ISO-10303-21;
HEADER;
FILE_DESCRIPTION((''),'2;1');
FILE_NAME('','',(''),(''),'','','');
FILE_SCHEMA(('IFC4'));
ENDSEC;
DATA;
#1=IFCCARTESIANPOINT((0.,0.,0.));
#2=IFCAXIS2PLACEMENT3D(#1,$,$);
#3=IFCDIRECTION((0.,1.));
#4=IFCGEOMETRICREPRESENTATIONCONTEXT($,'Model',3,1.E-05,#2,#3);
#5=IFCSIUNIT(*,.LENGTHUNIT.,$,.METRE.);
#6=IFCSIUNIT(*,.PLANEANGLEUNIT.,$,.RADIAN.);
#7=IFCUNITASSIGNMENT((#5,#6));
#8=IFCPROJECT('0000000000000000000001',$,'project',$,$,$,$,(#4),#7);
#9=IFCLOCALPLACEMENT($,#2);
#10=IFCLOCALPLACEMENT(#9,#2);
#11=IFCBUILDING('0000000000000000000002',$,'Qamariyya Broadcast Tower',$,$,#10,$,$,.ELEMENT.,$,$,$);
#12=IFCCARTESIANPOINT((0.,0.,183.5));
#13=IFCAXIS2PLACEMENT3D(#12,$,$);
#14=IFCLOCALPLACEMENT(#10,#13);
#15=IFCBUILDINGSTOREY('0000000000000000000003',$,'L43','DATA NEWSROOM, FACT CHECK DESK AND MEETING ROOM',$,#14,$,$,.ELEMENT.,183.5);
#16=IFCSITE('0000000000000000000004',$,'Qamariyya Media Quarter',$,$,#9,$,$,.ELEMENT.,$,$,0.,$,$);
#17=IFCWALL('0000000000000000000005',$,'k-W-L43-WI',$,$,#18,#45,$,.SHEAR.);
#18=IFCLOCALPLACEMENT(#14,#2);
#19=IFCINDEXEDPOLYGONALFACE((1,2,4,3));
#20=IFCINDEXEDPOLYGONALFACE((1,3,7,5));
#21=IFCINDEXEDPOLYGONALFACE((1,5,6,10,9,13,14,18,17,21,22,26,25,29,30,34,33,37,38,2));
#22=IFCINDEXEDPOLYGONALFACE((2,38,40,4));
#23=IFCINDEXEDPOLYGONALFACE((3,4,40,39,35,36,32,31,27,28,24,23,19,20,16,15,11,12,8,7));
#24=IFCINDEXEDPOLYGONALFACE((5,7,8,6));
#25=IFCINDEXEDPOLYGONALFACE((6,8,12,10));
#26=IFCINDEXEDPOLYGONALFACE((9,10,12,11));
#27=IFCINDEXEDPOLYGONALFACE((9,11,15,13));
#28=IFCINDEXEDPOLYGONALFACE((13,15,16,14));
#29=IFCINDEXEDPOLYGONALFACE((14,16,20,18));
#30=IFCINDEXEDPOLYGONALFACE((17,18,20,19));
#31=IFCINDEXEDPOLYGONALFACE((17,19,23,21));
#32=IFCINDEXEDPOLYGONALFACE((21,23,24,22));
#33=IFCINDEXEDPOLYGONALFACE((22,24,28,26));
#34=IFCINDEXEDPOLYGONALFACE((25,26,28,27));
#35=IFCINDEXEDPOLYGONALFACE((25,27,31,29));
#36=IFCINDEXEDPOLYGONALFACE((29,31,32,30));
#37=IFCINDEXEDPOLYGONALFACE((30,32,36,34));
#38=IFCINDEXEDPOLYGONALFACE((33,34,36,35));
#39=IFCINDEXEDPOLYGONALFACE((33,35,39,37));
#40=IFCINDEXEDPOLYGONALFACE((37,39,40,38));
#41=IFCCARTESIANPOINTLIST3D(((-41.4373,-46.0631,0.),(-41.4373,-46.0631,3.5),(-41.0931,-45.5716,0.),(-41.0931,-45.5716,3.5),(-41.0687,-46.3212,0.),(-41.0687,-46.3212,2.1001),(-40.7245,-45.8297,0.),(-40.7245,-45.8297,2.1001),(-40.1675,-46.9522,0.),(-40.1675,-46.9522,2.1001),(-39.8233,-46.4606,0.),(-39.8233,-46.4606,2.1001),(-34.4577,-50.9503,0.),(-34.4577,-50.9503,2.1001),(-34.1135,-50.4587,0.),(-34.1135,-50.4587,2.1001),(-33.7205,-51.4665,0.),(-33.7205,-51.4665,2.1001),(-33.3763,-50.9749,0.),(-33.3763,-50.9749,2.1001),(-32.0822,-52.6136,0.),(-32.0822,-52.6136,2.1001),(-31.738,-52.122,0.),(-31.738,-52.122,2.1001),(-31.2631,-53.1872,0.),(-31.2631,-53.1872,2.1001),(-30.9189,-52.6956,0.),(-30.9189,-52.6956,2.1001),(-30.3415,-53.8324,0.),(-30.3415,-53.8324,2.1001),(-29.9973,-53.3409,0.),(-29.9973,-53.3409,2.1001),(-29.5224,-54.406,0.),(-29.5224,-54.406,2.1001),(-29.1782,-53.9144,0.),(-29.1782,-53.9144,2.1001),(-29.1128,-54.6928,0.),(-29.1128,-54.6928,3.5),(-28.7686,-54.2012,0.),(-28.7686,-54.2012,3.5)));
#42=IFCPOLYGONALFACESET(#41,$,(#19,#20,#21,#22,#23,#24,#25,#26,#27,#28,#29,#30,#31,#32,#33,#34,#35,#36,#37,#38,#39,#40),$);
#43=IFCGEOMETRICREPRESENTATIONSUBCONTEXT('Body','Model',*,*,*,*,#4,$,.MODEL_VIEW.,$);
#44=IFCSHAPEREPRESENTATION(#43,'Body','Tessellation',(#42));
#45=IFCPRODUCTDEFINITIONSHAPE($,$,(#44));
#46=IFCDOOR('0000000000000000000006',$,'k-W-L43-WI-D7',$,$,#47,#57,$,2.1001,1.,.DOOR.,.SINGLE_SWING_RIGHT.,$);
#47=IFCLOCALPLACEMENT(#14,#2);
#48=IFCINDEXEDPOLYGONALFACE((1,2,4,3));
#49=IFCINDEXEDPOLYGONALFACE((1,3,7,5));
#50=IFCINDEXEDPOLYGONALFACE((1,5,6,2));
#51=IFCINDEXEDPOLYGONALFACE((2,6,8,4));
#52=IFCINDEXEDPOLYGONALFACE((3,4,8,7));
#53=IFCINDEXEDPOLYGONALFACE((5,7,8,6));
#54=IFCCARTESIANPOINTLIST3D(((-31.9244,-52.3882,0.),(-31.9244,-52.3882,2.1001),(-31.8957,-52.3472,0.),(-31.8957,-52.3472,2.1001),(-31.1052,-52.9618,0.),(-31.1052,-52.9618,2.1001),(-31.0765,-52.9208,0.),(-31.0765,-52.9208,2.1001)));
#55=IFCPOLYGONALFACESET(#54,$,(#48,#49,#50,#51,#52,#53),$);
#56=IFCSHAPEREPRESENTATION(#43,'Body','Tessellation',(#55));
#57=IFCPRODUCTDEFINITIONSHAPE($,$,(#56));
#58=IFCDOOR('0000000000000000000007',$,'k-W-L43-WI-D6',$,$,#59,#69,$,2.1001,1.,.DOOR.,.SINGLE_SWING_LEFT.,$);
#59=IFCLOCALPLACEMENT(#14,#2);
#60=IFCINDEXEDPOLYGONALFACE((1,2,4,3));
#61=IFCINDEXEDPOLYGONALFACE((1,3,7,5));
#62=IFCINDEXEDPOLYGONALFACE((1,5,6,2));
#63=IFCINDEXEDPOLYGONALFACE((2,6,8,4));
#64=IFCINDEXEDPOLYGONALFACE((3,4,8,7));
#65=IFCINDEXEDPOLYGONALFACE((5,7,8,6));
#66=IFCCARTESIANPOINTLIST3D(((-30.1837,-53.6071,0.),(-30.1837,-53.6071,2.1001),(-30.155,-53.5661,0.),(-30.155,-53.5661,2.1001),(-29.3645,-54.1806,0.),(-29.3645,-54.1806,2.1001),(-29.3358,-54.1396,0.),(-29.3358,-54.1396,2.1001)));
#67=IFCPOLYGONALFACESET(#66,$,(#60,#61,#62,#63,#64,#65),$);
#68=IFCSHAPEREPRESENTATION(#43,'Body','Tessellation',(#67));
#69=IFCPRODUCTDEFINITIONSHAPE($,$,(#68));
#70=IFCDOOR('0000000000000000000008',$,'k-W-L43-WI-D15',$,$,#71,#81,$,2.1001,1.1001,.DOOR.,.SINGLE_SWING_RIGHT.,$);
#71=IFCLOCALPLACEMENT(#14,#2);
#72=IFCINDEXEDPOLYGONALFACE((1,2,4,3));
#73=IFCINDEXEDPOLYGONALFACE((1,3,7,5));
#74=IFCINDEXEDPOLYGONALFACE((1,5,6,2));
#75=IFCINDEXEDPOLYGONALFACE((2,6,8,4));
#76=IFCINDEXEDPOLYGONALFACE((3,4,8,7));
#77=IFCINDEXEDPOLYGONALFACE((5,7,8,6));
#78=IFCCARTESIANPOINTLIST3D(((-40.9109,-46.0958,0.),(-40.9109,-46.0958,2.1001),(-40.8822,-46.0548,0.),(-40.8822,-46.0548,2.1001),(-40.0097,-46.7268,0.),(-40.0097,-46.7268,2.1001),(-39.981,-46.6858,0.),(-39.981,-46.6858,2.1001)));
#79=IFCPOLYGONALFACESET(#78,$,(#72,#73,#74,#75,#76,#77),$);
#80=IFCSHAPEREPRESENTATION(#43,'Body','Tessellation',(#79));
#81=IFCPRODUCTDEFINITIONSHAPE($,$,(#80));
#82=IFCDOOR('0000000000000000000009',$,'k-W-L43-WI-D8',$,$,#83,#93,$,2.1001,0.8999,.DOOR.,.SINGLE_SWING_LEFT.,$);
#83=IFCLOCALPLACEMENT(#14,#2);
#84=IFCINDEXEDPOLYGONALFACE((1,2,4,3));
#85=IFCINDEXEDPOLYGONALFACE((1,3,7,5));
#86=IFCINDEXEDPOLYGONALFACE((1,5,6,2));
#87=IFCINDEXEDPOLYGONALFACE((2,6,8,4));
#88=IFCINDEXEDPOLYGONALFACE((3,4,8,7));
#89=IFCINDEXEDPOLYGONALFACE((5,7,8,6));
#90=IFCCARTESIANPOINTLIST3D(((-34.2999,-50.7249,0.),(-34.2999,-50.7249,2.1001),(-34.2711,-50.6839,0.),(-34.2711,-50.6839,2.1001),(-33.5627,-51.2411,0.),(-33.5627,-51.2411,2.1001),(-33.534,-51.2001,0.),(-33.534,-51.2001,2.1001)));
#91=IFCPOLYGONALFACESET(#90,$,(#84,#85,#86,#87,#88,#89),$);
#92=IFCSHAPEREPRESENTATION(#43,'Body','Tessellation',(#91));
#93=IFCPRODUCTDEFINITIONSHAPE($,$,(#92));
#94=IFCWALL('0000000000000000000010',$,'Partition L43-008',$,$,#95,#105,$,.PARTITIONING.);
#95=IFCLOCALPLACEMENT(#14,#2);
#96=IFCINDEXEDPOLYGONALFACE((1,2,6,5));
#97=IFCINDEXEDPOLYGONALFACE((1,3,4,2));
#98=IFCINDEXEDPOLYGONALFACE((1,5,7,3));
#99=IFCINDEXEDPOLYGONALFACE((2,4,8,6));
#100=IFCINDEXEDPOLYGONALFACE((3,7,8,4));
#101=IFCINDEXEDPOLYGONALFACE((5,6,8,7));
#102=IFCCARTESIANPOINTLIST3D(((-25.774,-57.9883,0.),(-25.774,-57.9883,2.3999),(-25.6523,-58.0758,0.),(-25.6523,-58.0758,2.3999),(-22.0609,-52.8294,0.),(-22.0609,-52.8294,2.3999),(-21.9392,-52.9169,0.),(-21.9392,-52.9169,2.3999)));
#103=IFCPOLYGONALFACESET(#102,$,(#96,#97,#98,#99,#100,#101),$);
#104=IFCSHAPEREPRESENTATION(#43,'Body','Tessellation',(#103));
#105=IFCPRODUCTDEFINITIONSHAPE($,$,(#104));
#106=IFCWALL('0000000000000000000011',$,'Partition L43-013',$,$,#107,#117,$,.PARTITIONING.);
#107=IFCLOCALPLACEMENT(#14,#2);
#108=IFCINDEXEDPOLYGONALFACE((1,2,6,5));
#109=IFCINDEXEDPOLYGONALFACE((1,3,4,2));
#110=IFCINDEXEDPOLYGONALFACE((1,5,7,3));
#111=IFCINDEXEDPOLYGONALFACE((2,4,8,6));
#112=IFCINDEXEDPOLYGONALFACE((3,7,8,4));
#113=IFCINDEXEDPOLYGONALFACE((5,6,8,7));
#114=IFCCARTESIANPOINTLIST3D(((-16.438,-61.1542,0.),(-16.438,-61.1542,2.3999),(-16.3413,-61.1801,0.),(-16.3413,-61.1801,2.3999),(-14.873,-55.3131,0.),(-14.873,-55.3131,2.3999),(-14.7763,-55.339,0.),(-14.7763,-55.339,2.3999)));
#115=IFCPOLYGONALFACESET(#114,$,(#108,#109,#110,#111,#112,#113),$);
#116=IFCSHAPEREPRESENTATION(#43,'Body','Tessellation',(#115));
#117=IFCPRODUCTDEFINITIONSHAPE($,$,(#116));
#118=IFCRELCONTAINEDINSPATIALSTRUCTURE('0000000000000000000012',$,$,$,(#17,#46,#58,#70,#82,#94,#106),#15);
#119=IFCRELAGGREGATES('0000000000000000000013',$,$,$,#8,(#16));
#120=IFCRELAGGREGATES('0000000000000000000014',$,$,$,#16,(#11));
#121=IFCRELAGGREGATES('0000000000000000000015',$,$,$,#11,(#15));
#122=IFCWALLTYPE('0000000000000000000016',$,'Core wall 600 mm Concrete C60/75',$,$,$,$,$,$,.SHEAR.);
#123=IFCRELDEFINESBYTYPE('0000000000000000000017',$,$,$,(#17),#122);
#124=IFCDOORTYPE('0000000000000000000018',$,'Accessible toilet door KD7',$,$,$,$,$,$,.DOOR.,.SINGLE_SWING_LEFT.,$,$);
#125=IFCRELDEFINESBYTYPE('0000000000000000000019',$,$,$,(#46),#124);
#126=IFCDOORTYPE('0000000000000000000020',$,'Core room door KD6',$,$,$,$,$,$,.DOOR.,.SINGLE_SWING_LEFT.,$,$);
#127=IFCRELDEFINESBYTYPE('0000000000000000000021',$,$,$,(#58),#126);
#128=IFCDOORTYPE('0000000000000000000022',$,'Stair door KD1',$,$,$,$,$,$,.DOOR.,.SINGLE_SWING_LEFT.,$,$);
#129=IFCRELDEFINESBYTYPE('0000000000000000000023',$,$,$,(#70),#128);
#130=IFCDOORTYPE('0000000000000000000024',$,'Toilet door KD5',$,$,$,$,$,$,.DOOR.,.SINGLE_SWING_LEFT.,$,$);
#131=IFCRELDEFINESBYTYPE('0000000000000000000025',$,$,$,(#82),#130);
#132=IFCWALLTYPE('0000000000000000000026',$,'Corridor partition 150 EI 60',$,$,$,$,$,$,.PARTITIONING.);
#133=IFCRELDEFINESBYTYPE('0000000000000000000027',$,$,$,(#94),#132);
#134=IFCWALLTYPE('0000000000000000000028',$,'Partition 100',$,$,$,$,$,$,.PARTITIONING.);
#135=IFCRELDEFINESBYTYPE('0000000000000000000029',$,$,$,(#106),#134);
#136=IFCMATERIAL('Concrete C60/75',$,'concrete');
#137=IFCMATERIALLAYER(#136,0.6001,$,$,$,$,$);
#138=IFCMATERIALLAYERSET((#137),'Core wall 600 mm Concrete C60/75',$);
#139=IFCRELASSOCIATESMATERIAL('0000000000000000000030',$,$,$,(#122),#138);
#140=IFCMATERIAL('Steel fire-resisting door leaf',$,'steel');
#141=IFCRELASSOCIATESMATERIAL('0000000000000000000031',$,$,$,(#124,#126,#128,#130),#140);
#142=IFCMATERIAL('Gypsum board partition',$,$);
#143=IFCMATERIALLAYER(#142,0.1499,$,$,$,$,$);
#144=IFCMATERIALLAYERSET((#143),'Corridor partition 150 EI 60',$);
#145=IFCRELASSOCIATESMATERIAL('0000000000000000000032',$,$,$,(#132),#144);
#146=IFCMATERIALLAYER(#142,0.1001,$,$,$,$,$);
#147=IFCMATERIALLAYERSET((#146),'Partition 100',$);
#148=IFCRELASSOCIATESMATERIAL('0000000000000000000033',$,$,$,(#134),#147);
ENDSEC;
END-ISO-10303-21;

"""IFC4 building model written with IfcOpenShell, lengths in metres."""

from ifc_helpers import new_model, si_unit, direction, frame, frame_2d, origin, place, context, subcontext, project, spatial, rectangle, extrude, material, layer, layer_set, type_object, element, fill, save


model = new_model("IFC4")

# Units and contexts
model_context = context("Model", 3, precision=1e-05, world=origin(), true_north=direction((0.0, 1.0)))
body_context = subcontext(model_context, "Body", "Model", "MODEL_VIEW")
ifc_project = project(units=[si_unit("LENGTHUNIT", "METRE"), si_unit("PLANEANGLEUNIT", "RADIAN")], contexts=[model_context])

# Site, building, storey
site_placement = place(None, origin())
site = spatial("IfcSite", under=ifc_project, at=site_placement, Name="Qamariyya Media Quarter", CompositionType="ELEMENT", RefElevation=0.0)
building_placement = place(site_placement, origin())
building = spatial("IfcBuilding", under=site, at=building_placement, Name="Qamariyya Broadcast Tower", CompositionType="ELEMENT")
storey_placement = place(building_placement, frame((0.0, 0.0, 183.5)))
storey = spatial("IfcBuildingStorey", under=building, at=storey_placement, Name="L43", Description="DATA NEWSROOM, FACT CHECK DESK AND MEETING ROOM", CompositionType="ELEMENT", Elevation=183.5)

# Shared definitions
ifc_material_1 = material(Name="Concrete C60/75", Category="concrete")

# Wall, openings, doors
ifc_layer_1 = layer(ifc_material_1, 0.6001)
ifc_layer_set_1 = layer_set([ifc_layer_1], Name="Core wall 600 mm Concrete C60/75")
wall_type_1 = type_object("IfcWallType", Name="Core wall 600 mm Concrete C60/75", PredefinedType="SHEAR", material=ifc_layer_set_1)
wall_1_placement = place(storey_placement, frame((-28.9407, -54.447, 0.0), z_axis=(0.0, 0.0, 1.0), x_axis=(-0.819153, 0.573575, 0.0)))
wall_1 = element("IfcWall", 1, at=wall_1_placement, inside=storey, type_object=wall_type_1, Name="k-W-L43-WI", PredefinedType="SHEAR", context=body_context, shape_type="SweptSolid", body=[
    extrude(rectangle(XDim=15.0454, YDim=0.6001, at=frame_2d((7.5227, 0.0))), origin(), (0.0, 0.0, 1.0), 3.5),
])
opening_1_placement = place(wall_1_placement, frame((0.5, 0.0, 0.0)))
opening_1 = element("IfcOpeningElement", 2, at=opening_1_placement, cuts=wall_1, PredefinedType="OPENING", context=body_context, shape_type="SweptSolid", body=[
    extrude(rectangle(XDim=1.0, YDim=2.1001, at=frame_2d((0.5, 1.05))), frame((0.0, 0.3101, 0.0), z_axis=(0.0, -1.0, 0.0), x_axis=(1.0, 0.0, 0.0)), (0.0, 0.0, 1.0), 0.6201),
])
opening_2_placement = place(wall_1_placement, frame((2.625, 0.0, 0.0)))
opening_2 = element("IfcOpeningElement", 3, at=opening_2_placement, cuts=wall_1, PredefinedType="OPENING", context=body_context, shape_type="SweptSolid", body=[
    extrude(rectangle(XDim=1.0, YDim=2.1001, at=frame_2d((0.5, 1.05))), frame((0.0, 0.3101, 0.0), z_axis=(0.0, -1.0, 0.0), x_axis=(1.0, 0.0, 0.0)), (0.0, 0.0, 1.0), 0.6201),
])
opening_3_placement = place(wall_1_placement, frame((5.625, 0.0, 0.0)))
opening_3 = element("IfcOpeningElement", 4, at=opening_3_placement, cuts=wall_1, PredefinedType="OPENING", context=body_context, shape_type="SweptSolid", body=[
    extrude(rectangle(XDim=0.8999, YDim=2.1001, at=frame_2d((0.45, 1.05))), frame((0.0, 0.3101, 0.0), z_axis=(0.0, -1.0, 0.0), x_axis=(1.0, 0.0, 0.0)), (0.0, 0.0, 1.0), 0.6201),
])
opening_4_placement = place(wall_1_placement, frame((13.4954, 0.0, 0.0)))
opening_4 = element("IfcOpeningElement", 5, at=opening_4_placement, cuts=wall_1, PredefinedType="OPENING", context=body_context, shape_type="SweptSolid", body=[
    extrude(rectangle(XDim=1.1001, YDim=2.1001, at=frame_2d((0.55, 1.05))), frame((0.0, 0.3101, 0.0), z_axis=(0.0, -1.0, 0.0), x_axis=(1.0, 0.0, 0.0)), (0.0, 0.0, 1.0), 0.6201),
])
ifc_material_2 = material(Name="Steel fire-resisting door leaf", Category="steel")
door_type_1 = type_object("IfcDoorType", Name="Accessible toilet door KD7", OperationType="SINGLE_SWING_LEFT", PredefinedType="DOOR", material=ifc_material_2)
door_1_placement = place(opening_2_placement, origin())
door_1 = element("IfcDoor", 6, at=door_1_placement, inside=storey, type_object=door_type_1, Name="k-W-L43-WI-D7", OperationType="SINGLE_SWING_RIGHT", OverallHeight=2.1001, OverallWidth=1.0, PredefinedType="DOOR", context=body_context, shape_type="SweptSolid", body=[
    extrude(rectangle(XDim=1.0, YDim=2.1001, at=frame_2d((0.5, 1.05))), frame((0.0, 0.0249, 0.0), z_axis=(0.0, -1.0, 0.0), x_axis=(1.0, 0.0, 0.0)), (0.0, 0.0, 1.0), 0.05),
])
fill(opening_2, door_1)
door_type_2 = type_object("IfcDoorType", Name="Core room door KD6", OperationType="SINGLE_SWING_LEFT", PredefinedType="DOOR", material=ifc_material_2)
door_2_placement = place(opening_1_placement, origin())
door_2 = element("IfcDoor", 7, at=door_2_placement, inside=storey, type_object=door_type_2, Name="k-W-L43-WI-D6", OperationType="SINGLE_SWING_LEFT", OverallHeight=2.1001, OverallWidth=1.0, PredefinedType="DOOR", context=body_context, shape_type="SweptSolid", body=[
    extrude(rectangle(XDim=1.0, YDim=2.1001, at=frame_2d((0.5, 1.05))), frame((0.0, 0.0249, 0.0), z_axis=(0.0, -1.0, 0.0), x_axis=(1.0, 0.0, 0.0)), (0.0, 0.0, 1.0), 0.05),
])
fill(opening_1, door_2)
door_type_3 = type_object("IfcDoorType", Name="Stair door KD1", OperationType="SINGLE_SWING_LEFT", PredefinedType="DOOR", material=ifc_material_2)
door_3_placement = place(opening_4_placement, origin())
door_3 = element("IfcDoor", 8, at=door_3_placement, inside=storey, type_object=door_type_3, Name="k-W-L43-WI-D15", OperationType="SINGLE_SWING_RIGHT", OverallHeight=2.1001, OverallWidth=1.1001, PredefinedType="DOOR", context=body_context, shape_type="SweptSolid", body=[
    extrude(rectangle(XDim=1.1001, YDim=2.1001, at=frame_2d((0.55, 1.05))), frame((0.0, 0.0249, 0.0), z_axis=(0.0, -1.0, 0.0), x_axis=(1.0, 0.0, 0.0)), (0.0, 0.0, 1.0), 0.05),
])
fill(opening_4, door_3)
door_type_4 = type_object("IfcDoorType", Name="Toilet door KD5", OperationType="SINGLE_SWING_LEFT", PredefinedType="DOOR", material=ifc_material_2)
door_4_placement = place(opening_3_placement, origin())
door_4 = element("IfcDoor", 9, at=door_4_placement, inside=storey, type_object=door_type_4, Name="k-W-L43-WI-D8", OperationType="SINGLE_SWING_LEFT", OverallHeight=2.1001, OverallWidth=0.8999, PredefinedType="DOOR", context=body_context, shape_type="SweptSolid", body=[
    extrude(rectangle(XDim=0.8999, YDim=2.1001, at=frame_2d((0.45, 1.05))), frame((0.0, 0.0249, 0.0), z_axis=(0.0, -1.0, 0.0), x_axis=(1.0, 0.0, 0.0)), (0.0, 0.0, 1.0), 0.05),
])
fill(opening_3, door_4)

# Walls
ifc_material_3 = material(Name="Gypsum board partition")
ifc_layer_2 = layer(ifc_material_3, 0.1499)
ifc_layer_set_2 = layer_set([ifc_layer_2], Name="Corridor partition 150 EI 60")
wall_type_2 = type_object("IfcWallType", Name="Corridor partition 150 EI 60", PredefinedType="PARTITIONING", material=ifc_layer_set_2)
wall_2_placement = place(storey_placement, frame((-22.0, -52.873, 0.0), z_axis=(0.0, 0.0, 1.0), x_axis=(-0.58417, -0.811631, 0.0)))
element("IfcWall", 10, at=wall_2_placement, inside=storey, type_object=wall_type_2, Name="Partition L43-008", PredefinedType="PARTITIONING", context=body_context, shape_type="SweptSolid", body=[
    extrude(rectangle(XDim=6.3562, YDim=0.1499, at=frame_2d((3.1782, 0.0))), origin(), (0.0, 0.0, 1.0), 2.3999),
])
ifc_layer_3 = layer(ifc_material_3, 0.1001)
ifc_layer_set_3 = layer_set([ifc_layer_3], Name="Partition 100")
wall_type_3 = type_object("IfcWallType", Name="Partition 100", PredefinedType="PARTITIONING", material=ifc_layer_set_3)
wall_3_placement = place(storey_placement, frame((-14.8247, -55.3262, 0.0), z_axis=(0.0, 0.0, 1.0), x_axis=(-0.258793, -0.965933, 0.0)))
element("IfcWall", 11, at=wall_3_placement, inside=storey, type_object=wall_type_3, Name="Partition L43-013", PredefinedType="PARTITIONING", context=body_context, shape_type="SweptSolid", body=[
    extrude(rectangle(XDim=6.0471, YDim=0.1001, at=frame_2d((3.0234, 0.0))), origin(), (0.0, 0.0, 1.0), 2.3999),
])

save(model, "model.ifc")
